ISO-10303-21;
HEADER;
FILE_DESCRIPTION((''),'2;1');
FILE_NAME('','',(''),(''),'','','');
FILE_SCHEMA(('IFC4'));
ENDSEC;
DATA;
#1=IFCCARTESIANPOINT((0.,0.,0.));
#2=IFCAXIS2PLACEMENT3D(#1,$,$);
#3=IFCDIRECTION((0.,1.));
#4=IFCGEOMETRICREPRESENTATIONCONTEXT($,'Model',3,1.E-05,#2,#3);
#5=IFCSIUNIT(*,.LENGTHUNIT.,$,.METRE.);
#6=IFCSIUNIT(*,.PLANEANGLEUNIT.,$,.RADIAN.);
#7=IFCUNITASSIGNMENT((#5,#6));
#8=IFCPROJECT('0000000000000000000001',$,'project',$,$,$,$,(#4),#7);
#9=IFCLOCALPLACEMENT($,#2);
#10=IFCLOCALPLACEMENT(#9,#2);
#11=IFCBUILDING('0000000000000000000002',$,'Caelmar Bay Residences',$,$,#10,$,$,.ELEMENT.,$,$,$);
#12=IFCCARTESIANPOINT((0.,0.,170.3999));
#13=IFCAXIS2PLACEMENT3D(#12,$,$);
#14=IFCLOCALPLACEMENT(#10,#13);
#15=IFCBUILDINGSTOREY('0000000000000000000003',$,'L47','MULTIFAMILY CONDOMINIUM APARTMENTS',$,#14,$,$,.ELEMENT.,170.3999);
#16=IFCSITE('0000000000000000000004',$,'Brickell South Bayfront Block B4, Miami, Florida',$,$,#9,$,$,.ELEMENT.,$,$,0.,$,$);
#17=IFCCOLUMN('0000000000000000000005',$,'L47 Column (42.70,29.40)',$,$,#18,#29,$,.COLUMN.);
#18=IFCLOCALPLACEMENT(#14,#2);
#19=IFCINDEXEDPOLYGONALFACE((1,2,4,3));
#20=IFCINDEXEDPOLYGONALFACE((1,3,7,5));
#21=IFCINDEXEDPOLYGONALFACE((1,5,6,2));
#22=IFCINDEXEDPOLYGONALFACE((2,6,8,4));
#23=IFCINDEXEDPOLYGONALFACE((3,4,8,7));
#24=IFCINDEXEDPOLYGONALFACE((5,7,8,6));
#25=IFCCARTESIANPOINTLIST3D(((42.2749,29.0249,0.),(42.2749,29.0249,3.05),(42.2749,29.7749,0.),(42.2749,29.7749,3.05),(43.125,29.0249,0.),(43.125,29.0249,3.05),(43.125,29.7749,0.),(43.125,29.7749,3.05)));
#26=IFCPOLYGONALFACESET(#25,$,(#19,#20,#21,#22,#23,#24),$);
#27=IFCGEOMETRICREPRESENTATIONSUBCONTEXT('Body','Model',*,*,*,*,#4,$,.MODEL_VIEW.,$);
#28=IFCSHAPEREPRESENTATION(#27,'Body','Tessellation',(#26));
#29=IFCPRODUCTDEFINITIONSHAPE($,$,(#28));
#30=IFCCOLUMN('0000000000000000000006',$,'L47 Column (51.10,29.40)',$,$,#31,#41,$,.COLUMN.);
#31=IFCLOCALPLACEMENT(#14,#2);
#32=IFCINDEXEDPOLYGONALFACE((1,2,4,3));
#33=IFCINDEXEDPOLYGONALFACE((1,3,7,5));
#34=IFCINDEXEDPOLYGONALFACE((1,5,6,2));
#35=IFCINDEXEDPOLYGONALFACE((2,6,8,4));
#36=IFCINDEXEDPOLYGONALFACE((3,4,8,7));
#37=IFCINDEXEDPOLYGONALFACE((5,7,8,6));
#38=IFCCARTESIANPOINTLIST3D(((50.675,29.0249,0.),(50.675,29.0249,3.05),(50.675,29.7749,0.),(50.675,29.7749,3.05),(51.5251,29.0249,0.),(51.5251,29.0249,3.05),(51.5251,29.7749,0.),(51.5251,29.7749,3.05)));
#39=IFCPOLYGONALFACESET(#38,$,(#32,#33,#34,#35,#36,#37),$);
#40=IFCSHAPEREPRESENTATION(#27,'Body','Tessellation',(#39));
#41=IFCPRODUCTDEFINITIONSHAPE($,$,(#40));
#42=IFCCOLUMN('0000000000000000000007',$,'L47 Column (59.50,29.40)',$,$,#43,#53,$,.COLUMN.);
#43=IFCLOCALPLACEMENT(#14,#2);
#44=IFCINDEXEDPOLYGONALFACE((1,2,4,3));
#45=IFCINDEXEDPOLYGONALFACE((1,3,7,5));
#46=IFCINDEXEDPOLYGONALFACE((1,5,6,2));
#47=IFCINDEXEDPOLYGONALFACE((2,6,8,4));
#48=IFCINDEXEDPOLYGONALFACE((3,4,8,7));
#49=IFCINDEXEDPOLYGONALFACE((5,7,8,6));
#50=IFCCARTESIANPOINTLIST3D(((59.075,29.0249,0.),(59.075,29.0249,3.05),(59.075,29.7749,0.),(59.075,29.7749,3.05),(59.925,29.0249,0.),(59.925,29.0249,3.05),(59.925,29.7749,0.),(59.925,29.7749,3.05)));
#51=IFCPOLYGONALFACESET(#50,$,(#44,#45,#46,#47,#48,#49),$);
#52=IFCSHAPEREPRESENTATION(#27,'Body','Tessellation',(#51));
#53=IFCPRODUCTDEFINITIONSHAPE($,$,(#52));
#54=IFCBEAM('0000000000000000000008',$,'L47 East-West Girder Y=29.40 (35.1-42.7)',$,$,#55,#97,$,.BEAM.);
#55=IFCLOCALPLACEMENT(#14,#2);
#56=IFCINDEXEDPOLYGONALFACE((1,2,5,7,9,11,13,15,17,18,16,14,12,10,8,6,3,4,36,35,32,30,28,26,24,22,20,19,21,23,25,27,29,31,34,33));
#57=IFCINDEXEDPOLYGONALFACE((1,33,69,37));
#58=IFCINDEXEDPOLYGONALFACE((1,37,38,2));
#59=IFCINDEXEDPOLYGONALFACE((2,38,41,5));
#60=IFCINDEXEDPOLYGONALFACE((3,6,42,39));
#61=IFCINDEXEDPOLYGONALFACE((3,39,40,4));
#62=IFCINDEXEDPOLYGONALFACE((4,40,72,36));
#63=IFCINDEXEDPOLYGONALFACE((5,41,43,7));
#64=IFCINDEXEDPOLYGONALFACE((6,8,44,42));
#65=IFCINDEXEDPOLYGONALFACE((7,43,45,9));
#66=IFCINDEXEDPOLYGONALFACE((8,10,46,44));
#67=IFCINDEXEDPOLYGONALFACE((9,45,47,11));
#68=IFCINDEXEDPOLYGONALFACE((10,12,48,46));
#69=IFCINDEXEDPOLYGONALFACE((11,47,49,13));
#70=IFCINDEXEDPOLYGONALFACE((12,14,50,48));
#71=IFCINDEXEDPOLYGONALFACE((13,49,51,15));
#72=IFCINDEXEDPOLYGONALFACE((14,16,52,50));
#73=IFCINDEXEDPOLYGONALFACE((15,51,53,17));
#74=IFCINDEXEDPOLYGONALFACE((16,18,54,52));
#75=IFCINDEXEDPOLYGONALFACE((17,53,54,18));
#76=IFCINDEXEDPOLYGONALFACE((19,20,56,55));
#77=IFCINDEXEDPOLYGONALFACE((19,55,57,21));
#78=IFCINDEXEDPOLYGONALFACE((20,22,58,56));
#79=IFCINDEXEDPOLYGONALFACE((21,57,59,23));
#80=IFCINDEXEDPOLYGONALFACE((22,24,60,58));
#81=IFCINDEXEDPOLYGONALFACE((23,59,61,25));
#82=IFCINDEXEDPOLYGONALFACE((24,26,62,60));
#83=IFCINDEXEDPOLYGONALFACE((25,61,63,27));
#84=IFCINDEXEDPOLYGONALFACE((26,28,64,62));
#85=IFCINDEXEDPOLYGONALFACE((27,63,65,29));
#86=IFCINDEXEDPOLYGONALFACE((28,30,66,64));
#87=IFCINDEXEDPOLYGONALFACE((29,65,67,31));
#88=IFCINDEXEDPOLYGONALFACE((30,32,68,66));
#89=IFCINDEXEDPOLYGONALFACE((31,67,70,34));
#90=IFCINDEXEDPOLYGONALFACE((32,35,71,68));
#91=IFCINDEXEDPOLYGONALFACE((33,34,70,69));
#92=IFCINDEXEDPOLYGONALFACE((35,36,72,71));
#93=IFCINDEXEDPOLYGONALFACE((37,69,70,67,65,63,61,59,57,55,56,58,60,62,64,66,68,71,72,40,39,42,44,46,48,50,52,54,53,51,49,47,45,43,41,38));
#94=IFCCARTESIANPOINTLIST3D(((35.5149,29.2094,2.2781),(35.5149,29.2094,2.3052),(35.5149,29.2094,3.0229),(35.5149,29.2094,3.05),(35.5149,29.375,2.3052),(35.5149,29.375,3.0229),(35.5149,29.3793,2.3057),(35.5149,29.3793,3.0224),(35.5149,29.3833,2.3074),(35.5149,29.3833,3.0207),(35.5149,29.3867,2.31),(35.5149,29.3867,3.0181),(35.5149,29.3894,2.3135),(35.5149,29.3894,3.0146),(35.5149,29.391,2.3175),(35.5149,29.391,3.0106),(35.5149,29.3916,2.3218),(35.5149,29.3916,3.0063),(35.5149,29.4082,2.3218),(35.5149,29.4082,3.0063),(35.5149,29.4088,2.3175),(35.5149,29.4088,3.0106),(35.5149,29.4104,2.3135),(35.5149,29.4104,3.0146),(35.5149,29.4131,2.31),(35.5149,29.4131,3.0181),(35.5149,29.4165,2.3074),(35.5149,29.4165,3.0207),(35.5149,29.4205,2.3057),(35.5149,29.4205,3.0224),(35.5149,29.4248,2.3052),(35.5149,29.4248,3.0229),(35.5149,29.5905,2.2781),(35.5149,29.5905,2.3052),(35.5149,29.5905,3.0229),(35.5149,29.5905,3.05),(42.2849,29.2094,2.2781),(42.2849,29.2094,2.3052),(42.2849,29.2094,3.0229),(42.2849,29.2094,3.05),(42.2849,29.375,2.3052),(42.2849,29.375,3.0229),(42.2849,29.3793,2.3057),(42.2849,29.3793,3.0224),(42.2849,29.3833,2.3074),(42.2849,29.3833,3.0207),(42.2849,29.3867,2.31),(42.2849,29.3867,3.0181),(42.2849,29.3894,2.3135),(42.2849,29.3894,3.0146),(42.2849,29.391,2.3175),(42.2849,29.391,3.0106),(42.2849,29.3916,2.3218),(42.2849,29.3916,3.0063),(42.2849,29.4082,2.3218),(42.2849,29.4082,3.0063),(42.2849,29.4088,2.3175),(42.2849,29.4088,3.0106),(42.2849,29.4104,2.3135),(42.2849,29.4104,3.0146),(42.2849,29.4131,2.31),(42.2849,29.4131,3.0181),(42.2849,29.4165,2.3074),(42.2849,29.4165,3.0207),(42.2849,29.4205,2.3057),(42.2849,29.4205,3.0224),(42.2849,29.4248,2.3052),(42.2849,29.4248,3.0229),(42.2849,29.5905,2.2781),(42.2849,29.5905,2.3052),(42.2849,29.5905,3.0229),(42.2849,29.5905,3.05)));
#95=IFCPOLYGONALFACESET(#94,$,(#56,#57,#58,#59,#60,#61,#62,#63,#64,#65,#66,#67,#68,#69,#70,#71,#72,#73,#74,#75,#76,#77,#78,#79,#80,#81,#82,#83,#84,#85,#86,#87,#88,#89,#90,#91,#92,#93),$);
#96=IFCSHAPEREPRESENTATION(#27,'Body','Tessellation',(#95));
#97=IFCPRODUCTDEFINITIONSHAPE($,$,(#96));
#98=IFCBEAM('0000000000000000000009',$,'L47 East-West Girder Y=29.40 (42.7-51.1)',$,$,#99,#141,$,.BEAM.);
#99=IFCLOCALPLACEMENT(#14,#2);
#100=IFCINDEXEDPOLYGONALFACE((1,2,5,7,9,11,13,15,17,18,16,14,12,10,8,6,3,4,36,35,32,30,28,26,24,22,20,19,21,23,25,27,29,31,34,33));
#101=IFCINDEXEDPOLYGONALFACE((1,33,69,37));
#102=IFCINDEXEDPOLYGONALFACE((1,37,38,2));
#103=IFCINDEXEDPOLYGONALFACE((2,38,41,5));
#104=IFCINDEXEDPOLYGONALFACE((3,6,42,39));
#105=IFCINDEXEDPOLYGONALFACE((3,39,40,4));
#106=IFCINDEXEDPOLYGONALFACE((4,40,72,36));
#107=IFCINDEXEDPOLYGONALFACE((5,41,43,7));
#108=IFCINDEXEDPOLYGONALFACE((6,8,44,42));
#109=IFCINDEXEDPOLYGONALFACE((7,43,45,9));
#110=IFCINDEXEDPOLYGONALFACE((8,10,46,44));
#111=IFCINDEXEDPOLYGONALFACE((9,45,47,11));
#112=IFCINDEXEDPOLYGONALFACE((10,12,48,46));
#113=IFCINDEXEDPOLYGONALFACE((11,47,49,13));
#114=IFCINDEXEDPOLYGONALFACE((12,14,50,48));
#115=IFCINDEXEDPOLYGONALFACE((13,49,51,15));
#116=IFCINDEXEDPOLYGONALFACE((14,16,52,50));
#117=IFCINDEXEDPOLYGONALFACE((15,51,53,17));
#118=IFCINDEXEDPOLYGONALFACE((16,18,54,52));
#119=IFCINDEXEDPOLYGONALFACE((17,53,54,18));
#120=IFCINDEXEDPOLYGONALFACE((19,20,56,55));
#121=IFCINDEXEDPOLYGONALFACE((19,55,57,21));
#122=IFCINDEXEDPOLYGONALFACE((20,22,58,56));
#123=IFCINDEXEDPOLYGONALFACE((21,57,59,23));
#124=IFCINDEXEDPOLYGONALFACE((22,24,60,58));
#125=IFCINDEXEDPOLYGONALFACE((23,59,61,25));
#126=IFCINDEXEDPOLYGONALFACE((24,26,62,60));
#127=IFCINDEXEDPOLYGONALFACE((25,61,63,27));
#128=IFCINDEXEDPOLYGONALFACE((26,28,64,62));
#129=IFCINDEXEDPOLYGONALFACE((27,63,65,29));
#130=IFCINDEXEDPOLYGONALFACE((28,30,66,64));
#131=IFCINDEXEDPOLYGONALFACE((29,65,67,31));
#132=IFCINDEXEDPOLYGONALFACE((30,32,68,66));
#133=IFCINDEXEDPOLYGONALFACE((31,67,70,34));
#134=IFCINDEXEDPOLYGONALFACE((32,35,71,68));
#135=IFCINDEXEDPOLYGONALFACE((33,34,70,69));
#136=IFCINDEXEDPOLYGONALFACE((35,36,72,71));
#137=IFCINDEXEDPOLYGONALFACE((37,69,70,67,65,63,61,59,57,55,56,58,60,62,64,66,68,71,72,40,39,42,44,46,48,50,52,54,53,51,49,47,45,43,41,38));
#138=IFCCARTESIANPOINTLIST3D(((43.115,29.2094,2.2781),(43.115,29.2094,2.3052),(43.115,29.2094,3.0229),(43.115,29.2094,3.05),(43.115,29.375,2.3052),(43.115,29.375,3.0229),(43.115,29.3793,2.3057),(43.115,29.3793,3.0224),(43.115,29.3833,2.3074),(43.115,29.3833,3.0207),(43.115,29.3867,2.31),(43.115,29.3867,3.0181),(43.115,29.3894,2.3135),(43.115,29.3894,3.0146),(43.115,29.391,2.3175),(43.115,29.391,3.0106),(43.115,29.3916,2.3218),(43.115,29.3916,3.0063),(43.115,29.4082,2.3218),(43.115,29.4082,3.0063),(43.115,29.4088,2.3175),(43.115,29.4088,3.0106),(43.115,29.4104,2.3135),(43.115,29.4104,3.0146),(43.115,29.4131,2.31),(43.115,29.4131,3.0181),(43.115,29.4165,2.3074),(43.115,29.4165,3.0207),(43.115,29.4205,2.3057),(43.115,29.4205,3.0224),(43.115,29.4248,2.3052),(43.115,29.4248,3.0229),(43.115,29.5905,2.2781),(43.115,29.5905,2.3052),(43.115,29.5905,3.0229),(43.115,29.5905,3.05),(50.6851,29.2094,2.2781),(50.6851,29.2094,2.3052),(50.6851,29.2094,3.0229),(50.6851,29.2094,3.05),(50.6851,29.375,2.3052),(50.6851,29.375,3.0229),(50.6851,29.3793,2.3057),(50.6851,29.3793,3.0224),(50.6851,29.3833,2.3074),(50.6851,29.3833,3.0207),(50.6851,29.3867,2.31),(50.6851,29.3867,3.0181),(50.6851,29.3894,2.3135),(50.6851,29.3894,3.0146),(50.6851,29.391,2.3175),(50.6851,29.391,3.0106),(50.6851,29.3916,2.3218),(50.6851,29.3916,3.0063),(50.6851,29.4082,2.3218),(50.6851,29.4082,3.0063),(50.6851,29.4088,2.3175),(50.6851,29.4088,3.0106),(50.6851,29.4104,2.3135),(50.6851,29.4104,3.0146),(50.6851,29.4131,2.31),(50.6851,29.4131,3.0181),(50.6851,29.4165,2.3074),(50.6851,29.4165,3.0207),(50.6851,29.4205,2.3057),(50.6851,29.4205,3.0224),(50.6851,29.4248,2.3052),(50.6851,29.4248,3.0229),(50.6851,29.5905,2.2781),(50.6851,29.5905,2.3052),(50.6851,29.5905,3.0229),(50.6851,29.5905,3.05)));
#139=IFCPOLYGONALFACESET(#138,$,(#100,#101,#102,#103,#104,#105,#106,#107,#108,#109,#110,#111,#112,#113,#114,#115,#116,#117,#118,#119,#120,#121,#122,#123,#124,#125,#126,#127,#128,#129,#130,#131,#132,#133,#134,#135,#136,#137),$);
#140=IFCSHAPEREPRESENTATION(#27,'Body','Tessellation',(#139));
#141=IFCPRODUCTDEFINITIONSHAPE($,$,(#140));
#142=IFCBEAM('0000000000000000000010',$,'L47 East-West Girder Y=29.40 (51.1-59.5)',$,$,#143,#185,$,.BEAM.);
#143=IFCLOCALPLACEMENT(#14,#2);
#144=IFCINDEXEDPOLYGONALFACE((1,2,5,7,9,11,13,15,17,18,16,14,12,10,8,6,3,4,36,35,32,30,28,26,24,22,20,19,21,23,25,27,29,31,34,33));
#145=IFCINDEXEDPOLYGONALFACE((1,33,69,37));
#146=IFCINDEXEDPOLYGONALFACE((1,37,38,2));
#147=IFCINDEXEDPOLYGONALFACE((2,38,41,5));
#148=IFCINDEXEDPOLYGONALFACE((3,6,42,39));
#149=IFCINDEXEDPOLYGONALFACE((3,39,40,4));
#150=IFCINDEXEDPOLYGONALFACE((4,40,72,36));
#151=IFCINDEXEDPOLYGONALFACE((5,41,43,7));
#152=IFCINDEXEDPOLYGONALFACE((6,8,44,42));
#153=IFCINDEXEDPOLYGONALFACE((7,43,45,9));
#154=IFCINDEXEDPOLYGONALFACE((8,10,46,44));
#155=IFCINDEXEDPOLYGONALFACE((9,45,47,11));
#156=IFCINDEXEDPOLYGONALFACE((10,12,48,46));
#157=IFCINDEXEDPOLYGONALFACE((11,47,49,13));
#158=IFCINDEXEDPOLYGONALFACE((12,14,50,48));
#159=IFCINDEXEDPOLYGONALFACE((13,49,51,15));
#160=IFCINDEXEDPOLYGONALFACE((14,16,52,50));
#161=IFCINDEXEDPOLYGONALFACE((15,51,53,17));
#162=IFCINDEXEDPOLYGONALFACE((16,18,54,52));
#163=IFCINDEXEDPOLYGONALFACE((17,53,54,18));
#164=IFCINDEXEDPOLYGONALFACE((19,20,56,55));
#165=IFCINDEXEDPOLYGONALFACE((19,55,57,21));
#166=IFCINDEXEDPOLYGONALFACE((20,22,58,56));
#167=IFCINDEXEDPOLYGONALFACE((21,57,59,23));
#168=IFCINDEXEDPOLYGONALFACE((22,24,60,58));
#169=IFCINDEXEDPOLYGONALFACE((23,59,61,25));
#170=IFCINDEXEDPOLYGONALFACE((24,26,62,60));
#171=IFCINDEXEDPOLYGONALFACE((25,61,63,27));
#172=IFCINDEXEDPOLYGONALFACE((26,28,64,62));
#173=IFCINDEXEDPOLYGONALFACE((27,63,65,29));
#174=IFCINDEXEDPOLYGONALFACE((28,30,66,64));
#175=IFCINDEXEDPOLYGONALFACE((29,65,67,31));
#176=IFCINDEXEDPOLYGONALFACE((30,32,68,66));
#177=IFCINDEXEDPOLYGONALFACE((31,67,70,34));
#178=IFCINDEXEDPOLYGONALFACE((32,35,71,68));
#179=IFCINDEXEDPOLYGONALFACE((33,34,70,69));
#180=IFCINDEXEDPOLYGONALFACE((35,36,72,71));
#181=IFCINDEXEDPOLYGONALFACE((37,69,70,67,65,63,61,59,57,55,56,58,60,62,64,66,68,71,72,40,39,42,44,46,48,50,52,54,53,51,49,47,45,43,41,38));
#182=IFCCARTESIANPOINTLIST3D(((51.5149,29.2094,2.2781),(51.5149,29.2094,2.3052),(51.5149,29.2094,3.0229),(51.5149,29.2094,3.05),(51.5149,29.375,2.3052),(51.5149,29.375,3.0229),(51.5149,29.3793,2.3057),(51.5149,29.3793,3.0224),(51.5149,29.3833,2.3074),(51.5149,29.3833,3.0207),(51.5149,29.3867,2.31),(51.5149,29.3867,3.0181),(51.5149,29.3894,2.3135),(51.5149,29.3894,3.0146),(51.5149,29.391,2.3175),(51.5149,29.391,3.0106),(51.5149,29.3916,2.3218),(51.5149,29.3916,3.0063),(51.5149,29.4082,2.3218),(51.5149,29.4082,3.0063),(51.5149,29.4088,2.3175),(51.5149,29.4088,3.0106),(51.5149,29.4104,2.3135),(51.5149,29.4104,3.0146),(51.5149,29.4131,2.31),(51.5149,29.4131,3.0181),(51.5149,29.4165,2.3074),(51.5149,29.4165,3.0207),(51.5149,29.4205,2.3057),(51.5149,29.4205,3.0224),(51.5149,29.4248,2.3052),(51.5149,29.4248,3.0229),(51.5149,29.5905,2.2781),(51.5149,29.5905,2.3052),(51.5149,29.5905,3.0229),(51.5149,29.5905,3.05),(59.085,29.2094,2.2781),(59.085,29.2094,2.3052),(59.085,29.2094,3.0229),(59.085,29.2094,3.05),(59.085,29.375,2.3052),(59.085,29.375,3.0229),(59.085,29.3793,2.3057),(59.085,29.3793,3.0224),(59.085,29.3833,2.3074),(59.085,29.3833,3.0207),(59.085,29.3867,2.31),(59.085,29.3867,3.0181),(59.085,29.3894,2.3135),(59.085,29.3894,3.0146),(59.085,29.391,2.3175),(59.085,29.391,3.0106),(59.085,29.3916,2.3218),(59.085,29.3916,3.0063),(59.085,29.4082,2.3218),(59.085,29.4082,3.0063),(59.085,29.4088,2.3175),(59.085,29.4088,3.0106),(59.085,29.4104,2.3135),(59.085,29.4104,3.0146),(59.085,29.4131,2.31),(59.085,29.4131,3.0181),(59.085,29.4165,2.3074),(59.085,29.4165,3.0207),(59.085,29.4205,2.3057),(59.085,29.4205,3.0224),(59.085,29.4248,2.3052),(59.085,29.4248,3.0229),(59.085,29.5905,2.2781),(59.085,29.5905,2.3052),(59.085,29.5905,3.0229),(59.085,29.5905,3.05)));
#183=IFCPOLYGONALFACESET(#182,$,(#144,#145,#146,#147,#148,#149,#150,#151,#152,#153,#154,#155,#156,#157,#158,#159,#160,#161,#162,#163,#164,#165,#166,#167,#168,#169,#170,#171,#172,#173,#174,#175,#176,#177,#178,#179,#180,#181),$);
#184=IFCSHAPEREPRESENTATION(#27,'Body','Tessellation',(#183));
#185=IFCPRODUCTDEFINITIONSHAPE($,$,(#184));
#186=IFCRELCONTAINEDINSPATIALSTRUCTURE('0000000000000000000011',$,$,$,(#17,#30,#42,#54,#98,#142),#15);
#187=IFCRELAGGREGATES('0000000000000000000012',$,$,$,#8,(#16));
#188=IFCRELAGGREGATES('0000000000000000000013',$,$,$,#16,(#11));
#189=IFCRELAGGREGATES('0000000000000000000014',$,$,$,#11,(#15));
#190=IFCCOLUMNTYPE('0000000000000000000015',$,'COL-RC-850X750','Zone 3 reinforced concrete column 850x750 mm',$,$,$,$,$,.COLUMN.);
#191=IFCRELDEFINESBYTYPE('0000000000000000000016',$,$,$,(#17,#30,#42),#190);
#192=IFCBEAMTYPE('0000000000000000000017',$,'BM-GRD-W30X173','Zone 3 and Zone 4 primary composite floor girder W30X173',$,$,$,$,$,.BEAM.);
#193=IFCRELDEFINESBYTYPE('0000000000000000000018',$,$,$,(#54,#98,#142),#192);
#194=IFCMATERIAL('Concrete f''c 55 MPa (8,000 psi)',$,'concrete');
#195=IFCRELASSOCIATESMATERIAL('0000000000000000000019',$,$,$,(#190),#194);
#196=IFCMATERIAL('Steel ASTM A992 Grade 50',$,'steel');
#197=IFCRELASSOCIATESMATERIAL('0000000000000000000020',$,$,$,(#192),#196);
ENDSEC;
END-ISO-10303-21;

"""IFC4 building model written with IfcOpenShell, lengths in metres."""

from ifc_helpers import new_model, si_unit, direction, frame, origin, origin_2d, place, context, subcontext, project, spatial, rectangle, i_section, extrude, material, material_profile, profile_set, type_object, element, save


model = new_model("IFC4")

# Units and contexts
model_context = context("Model", 3, precision=1e-05, world=origin(), true_north=direction((0.0, 1.0)))
body_context = subcontext(model_context, "Body", "Model", "MODEL_VIEW")
ifc_project = project(units=[si_unit("LENGTHUNIT", "METRE"), si_unit("PLANEANGLEUNIT", "RADIAN")], contexts=[model_context])

# Site, building, storey
site_placement = place(None, origin())
site = spatial("IfcSite", under=ifc_project, at=site_placement, Name="Brickell South Bayfront Block B4, Miami, Florida", CompositionType="ELEMENT", RefElevation=0.0)
building_placement = place(site_placement, origin())
building = spatial("IfcBuilding", under=site, at=building_placement, Name="Caelmar Bay Residences", CompositionType="ELEMENT")
storey_placement = place(building_placement, frame((0.0, 0.0, 170.3999)))
storey = spatial("IfcBuildingStorey", under=building, at=storey_placement, Name="L47", Description="MULTIFAMILY CONDOMINIUM APARTMENTS", CompositionType="ELEMENT", Elevation=170.3999)

# Columns
ifc_material_1 = material(Name="Concrete f'c 55 MPa (8,000 psi)", Category="concrete")
ifc_material_profile_1 = material_profile(ifc_material_1, rectangle(XDim=0.8501, YDim=0.75, at=origin_2d()), Name="RC-COL-850X750")
ifc_profile_set_1 = profile_set([ifc_material_profile_1], Name="Concrete f'c 55 MPa (8,000 psi)")
column_type = type_object("IfcColumnType", Name="COL-RC-850X750", Description="Zone 3 reinforced concrete column 850x750 mm", PredefinedType="COLUMN", material=ifc_profile_set_1)
for number, where, z_axis, x_axis, name in (
    (1, (42.7, 29.3999, 0.0), (0.0, 0.0, 1.0), (1.0, 0.0, 0.0), "L47 Column (42.70,29.40)"),
    (2, (51.1001, 29.3999, 0.0), (0.0, 0.0, 1.0), (1.0, 0.0, 0.0), "L47 Column (51.10,29.40)"),
    (3, (59.5, 29.3999, 0.0), (0.0, 0.0, 1.0), (1.0, 0.0, 0.0), "L47 Column (59.50,29.40)"),
):
    element("IfcColumn", number, at=place(storey_placement, frame(where, z_axis=z_axis, x_axis=x_axis)), inside=storey, type_object=column_type, Name=name, PredefinedType="COLUMN", context=body_context, shape_type="SweptSolid", body=[
        extrude(rectangle(XDim=0.8501, YDim=0.75, at=origin_2d()), origin(), (0.0, 0.0, 1.0), 3.05),
    ])

# Beams
ifc_material_2 = material(Name="Steel ASTM A992 Grade 50", Category="steel")
ifc_material_profile_2 = material_profile(ifc_material_2, i_section(OverallWidth=0.3811, OverallDepth=0.772, WebThickness=0.0166, FlangeThickness=0.0271, FilletRadius=0.0166, at=origin_2d()), Name="W30X173")
ifc_profile_set_2 = profile_set([ifc_material_profile_2], Name="Steel ASTM A992 Grade 50")
beam_type_1 = type_object("IfcBeamType", Name="BM-GRD-W30X173", Description="Zone 3 and Zone 4 primary composite floor girder W30X173", PredefinedType="BEAM", material=ifc_profile_set_2)
beam_1_placement = place(storey_placement, frame((35.5149, 29.3999, 2.6641), z_axis=(1.0, 0.0, 0.0), x_axis=(0.0, 1.0, 0.0)))
element("IfcBeam", 4, at=beam_1_placement, inside=storey, type_object=beam_type_1, Name="L47 East-West Girder Y=29.40 (35.1-42.7)", PredefinedType="BEAM", context=body_context, shape_type="SweptSolid", body=[
    extrude(i_section(OverallWidth=0.3811, OverallDepth=0.772, WebThickness=0.0166, FlangeThickness=0.0271, FilletRadius=0.0166, at=origin_2d()), origin(), (0.0, 0.0, 1.0), 6.77),
])
for number, where, z_axis, x_axis, name in (
    (5, (43.115, 29.3999, 2.6641), (1.0, 0.0, 0.0), (0.0, 1.0, 0.0), "L47 East-West Girder Y=29.40 (42.7-51.1)"),
    (6, (51.5149, 29.3999, 2.6641), (1.0, 0.0, 0.0), (0.0, 1.0, 0.0), "L47 East-West Girder Y=29.40 (51.1-59.5)"),
):
    element("IfcBeam", number, at=place(storey_placement, frame(where, z_axis=z_axis, x_axis=x_axis)), inside=storey, type_object=beam_type_1, Name=name, PredefinedType="BEAM", context=body_context, shape_type="SweptSolid", body=[
        extrude(i_section(OverallWidth=0.3811, OverallDepth=0.772, WebThickness=0.0166, FlangeThickness=0.0271, FilletRadius=0.0166, at=origin_2d()), origin(), (0.0, 0.0, 1.0), 7.5701),
    ])

save(model, "model.ifc")
